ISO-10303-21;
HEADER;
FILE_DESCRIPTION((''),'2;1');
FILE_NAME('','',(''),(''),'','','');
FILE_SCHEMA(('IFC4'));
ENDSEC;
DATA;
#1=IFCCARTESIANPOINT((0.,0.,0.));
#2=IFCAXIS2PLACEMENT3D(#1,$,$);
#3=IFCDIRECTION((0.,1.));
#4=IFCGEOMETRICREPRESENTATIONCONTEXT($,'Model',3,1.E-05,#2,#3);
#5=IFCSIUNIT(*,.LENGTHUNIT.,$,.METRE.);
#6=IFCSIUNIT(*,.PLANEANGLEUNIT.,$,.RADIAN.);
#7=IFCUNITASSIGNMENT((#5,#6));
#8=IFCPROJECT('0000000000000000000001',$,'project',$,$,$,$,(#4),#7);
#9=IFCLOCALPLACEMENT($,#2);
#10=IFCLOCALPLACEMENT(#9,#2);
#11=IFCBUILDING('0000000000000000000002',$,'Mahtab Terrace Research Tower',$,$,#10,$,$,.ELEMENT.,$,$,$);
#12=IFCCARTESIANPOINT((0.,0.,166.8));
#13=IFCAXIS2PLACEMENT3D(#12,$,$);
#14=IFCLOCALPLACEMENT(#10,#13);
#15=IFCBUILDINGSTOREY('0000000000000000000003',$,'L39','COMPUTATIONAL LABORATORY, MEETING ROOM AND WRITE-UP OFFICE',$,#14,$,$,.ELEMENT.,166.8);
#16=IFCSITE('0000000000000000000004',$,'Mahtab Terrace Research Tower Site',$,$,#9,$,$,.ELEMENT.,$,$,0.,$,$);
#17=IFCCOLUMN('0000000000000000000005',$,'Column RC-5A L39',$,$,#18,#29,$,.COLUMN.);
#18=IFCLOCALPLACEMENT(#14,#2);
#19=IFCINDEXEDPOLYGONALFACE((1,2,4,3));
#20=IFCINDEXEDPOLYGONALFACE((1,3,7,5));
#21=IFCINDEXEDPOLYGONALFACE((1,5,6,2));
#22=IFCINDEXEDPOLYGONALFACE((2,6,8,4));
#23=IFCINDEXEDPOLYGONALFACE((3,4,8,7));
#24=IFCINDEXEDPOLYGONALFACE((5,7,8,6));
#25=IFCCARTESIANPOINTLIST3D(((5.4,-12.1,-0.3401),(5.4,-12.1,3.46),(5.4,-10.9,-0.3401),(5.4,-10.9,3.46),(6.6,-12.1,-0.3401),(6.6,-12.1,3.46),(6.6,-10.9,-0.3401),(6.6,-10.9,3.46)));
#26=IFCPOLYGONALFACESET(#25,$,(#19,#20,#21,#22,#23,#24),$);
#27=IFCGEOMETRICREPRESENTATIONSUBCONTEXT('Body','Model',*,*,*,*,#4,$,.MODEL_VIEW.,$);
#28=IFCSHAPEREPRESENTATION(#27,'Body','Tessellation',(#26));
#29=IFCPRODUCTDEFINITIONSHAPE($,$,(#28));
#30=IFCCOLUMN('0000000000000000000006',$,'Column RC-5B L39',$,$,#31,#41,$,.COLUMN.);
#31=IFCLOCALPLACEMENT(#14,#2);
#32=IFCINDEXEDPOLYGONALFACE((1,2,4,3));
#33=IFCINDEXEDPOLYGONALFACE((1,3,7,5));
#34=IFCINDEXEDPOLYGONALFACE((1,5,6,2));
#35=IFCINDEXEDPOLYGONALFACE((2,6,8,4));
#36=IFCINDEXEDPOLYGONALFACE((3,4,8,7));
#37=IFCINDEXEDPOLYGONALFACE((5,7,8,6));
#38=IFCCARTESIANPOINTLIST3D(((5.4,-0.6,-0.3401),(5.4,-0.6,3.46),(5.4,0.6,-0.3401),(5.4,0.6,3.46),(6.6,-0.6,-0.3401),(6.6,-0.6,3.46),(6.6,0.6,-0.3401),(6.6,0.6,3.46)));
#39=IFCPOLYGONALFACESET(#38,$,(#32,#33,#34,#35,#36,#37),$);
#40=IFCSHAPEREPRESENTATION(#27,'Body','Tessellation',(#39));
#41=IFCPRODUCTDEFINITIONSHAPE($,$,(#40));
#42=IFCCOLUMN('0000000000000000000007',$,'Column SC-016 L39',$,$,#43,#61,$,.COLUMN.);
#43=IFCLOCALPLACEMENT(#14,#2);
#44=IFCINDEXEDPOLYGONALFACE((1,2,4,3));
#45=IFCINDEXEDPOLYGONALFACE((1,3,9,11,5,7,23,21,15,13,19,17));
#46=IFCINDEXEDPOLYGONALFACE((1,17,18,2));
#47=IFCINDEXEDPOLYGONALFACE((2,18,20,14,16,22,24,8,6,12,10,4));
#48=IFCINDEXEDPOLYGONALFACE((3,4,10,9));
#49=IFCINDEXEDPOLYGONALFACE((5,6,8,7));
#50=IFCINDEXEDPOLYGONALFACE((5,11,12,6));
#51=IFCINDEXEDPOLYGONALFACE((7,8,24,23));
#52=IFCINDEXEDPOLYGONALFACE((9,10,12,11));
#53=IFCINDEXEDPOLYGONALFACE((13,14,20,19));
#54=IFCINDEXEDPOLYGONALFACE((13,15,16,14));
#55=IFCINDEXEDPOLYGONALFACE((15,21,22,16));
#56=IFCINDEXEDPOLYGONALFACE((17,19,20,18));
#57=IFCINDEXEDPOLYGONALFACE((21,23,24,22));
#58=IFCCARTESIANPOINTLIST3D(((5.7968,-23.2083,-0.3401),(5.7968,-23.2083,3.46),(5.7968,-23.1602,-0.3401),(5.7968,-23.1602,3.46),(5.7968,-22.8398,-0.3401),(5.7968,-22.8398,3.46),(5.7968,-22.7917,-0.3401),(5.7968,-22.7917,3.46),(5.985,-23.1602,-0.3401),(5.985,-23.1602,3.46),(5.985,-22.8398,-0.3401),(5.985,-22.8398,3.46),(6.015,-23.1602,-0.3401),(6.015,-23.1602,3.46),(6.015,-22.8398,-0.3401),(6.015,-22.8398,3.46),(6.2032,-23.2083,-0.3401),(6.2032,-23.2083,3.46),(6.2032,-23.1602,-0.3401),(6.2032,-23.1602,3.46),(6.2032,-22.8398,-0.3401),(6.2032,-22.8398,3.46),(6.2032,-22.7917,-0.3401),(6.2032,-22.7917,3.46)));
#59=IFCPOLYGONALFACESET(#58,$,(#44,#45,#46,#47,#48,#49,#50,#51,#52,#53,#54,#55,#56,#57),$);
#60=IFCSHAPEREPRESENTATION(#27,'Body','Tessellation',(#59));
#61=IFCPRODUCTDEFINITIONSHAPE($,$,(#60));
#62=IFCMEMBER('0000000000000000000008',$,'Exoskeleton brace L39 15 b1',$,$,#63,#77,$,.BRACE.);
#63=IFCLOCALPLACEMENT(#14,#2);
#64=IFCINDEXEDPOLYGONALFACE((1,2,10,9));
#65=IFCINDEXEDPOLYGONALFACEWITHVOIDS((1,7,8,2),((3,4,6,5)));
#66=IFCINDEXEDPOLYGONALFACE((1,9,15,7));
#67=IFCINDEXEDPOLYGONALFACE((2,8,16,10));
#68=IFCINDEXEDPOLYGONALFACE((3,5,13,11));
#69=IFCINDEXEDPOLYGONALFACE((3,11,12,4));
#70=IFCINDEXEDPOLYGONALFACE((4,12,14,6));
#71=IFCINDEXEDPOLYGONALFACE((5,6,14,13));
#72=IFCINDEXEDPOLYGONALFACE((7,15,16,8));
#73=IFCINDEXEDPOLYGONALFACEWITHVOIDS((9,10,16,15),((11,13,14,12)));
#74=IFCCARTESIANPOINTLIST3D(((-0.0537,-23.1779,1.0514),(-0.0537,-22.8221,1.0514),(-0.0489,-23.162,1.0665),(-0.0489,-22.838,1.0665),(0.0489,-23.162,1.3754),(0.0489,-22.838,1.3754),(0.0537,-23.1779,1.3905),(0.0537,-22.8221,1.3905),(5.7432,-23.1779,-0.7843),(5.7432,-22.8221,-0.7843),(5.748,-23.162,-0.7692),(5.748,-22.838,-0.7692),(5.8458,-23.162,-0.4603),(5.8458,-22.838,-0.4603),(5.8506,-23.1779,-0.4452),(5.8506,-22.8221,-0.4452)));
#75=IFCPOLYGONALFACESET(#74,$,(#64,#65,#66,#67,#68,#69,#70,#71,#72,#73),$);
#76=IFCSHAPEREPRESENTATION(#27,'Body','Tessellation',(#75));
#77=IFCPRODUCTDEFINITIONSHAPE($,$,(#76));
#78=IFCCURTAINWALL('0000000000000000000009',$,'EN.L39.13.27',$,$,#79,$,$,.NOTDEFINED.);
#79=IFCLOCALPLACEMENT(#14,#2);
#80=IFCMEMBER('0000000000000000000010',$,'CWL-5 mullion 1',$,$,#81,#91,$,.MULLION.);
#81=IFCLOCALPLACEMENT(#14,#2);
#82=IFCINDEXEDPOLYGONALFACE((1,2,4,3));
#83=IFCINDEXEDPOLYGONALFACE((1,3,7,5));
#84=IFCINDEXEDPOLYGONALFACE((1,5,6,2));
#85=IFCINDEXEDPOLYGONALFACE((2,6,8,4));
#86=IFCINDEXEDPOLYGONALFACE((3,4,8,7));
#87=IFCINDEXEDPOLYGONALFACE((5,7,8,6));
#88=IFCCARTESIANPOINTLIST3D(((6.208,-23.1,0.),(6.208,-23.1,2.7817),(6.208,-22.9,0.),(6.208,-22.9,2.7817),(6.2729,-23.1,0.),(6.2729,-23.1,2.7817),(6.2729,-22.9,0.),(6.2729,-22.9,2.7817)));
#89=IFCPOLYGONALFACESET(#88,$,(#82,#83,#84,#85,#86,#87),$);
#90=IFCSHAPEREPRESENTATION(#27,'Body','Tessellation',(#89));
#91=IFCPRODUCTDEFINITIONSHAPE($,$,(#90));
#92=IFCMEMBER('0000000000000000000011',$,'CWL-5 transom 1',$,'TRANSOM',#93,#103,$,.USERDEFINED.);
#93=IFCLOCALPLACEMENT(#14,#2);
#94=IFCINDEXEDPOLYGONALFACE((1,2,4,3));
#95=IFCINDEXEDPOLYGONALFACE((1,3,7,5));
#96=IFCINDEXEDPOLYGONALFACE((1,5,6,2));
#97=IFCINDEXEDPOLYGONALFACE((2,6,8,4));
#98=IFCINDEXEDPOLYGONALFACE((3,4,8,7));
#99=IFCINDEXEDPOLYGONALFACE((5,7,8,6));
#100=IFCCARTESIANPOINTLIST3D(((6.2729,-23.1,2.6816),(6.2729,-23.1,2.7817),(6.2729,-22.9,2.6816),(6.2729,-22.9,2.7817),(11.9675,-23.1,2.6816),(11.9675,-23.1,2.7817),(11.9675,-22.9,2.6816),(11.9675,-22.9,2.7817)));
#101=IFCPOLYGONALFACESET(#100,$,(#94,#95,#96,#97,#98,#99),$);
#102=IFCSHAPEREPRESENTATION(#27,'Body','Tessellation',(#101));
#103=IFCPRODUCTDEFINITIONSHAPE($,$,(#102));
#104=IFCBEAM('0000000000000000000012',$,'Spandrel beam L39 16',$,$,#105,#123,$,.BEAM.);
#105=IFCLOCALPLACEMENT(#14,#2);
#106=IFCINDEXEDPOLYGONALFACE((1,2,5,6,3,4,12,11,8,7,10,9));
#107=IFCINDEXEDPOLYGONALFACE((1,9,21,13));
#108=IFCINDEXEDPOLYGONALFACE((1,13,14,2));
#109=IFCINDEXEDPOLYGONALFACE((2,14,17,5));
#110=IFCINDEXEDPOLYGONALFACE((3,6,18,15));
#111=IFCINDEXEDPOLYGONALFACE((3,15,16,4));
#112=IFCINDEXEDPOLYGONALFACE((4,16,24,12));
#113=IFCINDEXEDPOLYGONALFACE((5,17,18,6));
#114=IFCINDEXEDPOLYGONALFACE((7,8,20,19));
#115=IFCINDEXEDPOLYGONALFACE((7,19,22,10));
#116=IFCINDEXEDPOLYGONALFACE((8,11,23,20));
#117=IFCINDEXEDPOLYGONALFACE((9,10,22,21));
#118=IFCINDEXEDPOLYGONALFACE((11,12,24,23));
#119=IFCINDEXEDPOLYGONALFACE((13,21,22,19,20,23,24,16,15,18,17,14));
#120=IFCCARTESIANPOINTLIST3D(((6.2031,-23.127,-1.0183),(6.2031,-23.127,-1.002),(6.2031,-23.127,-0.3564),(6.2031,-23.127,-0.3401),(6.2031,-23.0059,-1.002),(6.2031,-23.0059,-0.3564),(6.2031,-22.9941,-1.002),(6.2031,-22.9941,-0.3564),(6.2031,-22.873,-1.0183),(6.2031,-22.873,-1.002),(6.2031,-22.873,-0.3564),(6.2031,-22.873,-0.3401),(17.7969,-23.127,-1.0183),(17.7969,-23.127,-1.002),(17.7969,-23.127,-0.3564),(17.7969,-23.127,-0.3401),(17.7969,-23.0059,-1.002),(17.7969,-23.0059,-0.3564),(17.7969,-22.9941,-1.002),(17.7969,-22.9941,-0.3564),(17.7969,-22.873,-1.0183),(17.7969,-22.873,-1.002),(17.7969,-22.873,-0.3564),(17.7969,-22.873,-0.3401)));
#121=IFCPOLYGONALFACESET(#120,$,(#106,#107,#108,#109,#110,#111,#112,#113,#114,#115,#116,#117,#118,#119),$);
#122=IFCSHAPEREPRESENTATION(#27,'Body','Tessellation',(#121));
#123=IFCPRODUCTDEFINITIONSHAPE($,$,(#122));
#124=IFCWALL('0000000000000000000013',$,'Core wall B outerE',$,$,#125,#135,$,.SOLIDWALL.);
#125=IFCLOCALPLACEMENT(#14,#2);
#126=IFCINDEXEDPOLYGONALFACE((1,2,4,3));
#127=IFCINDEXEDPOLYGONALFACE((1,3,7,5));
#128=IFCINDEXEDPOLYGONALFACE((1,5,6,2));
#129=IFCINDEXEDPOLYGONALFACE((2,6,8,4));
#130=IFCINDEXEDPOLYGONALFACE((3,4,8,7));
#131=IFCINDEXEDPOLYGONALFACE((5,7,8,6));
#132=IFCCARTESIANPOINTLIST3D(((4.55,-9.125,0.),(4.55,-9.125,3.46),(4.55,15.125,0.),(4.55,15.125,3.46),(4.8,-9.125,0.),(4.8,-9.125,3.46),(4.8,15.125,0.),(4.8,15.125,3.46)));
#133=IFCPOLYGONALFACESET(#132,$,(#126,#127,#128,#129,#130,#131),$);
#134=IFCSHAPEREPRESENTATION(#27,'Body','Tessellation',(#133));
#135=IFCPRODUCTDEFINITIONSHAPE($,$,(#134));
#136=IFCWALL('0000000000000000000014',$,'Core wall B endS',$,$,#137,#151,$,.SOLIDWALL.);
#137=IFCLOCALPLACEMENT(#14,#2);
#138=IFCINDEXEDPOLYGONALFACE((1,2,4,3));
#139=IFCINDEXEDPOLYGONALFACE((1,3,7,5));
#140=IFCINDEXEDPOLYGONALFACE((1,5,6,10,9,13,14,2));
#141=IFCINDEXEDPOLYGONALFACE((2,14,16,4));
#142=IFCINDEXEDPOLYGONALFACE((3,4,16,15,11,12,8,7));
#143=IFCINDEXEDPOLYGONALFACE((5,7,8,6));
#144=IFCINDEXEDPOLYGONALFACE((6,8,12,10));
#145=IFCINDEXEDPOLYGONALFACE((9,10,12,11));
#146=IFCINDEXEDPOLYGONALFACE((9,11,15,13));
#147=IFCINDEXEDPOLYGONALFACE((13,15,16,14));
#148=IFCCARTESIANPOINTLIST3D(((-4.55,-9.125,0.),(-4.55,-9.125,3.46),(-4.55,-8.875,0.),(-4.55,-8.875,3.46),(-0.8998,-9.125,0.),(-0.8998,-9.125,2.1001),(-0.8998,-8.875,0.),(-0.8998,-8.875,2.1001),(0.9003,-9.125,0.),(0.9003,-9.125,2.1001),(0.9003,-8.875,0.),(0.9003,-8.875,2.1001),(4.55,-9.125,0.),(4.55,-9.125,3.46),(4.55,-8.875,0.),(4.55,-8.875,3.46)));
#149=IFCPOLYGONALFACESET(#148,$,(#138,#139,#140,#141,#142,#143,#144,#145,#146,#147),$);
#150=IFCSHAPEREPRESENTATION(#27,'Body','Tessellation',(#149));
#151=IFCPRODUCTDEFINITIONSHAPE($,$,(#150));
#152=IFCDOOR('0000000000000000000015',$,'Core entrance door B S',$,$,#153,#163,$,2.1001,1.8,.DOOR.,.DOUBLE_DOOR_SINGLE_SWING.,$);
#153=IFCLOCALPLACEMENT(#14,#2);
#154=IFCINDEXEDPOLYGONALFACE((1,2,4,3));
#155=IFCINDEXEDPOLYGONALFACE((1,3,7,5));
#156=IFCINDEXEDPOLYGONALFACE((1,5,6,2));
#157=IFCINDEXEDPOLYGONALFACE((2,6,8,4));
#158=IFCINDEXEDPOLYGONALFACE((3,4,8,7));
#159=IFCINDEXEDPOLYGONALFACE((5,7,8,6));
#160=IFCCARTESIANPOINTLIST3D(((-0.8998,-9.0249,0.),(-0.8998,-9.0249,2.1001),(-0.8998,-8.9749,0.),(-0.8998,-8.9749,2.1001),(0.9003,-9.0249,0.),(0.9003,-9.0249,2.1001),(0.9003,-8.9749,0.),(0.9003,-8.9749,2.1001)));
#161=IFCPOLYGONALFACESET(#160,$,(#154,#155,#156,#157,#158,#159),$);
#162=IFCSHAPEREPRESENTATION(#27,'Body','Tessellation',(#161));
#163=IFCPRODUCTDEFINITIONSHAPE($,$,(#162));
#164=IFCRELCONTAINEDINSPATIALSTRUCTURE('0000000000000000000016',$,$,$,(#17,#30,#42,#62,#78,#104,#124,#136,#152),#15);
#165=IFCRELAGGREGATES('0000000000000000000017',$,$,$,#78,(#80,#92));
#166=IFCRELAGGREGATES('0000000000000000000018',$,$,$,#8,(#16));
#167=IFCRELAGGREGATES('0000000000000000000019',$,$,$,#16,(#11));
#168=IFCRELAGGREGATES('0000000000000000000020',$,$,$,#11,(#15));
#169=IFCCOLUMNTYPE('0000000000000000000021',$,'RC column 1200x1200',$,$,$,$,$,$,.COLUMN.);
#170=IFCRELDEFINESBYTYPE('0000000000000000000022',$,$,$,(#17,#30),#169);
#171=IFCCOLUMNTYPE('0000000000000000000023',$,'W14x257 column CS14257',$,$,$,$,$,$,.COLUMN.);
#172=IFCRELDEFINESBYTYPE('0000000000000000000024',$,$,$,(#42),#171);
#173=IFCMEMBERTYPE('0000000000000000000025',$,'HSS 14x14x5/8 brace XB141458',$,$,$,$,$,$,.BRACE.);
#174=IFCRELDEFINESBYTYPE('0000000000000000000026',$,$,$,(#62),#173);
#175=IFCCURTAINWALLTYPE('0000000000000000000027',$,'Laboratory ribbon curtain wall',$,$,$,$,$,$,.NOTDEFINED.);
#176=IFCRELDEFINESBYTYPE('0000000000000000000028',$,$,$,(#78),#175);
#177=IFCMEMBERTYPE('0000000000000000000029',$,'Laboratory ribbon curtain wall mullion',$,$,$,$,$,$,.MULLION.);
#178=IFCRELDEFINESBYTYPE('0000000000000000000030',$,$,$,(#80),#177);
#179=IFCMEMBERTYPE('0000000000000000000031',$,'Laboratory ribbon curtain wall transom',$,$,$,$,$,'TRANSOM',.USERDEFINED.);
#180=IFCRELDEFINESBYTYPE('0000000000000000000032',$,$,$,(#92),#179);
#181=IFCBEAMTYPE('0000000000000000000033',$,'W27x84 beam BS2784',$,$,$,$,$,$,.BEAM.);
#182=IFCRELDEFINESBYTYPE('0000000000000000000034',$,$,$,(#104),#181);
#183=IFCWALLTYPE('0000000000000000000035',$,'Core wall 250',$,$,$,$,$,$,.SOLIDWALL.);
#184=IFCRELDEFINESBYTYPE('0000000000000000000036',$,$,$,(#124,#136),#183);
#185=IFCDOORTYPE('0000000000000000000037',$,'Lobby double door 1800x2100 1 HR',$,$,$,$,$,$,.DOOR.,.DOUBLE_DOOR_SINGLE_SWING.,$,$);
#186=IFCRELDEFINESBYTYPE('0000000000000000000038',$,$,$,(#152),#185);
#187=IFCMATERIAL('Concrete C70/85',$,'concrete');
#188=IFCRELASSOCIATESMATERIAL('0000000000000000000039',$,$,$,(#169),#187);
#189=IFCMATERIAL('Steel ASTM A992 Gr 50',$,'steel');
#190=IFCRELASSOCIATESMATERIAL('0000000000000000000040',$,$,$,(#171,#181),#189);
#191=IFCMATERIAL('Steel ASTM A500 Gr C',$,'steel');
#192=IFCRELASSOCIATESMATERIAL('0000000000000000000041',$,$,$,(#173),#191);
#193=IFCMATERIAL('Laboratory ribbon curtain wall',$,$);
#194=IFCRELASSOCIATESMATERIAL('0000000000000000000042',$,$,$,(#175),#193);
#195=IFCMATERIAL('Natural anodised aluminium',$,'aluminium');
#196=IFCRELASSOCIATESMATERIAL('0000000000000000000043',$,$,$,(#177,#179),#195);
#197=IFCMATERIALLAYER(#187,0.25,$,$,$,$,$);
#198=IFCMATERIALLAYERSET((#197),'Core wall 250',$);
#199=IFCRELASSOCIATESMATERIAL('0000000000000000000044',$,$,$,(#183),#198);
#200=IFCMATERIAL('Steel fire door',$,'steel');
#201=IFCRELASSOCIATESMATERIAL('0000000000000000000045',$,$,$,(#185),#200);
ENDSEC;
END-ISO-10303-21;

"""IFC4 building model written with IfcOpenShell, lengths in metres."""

from ifc_helpers import new_model, si_unit, direction, frame, frame_2d, origin, origin_2d, place, context, subcontext, project, spatial, rectangle, hollow_rectangle, i_section, extrude, material, layer, layer_set, material_profile, profile_set, type_object, element, fill, aggregate, save


model = new_model("IFC4")

# Units and contexts
model_context = context("Model", 3, precision=1e-05, world=origin(), true_north=direction((0.0, 1.0)))
body_context = subcontext(model_context, "Body", "Model", "MODEL_VIEW")
ifc_project = project(units=[si_unit("LENGTHUNIT", "METRE"), si_unit("PLANEANGLEUNIT", "RADIAN")], contexts=[model_context])

# Site, building, storey
site_placement = place(None, origin())
site = spatial("IfcSite", under=ifc_project, at=site_placement, Name="Mahtab Terrace Research Tower Site", CompositionType="ELEMENT", RefElevation=0.0)
building_placement = place(site_placement, origin())
building = spatial("IfcBuilding", under=site, at=building_placement, Name="Mahtab Terrace Research Tower", CompositionType="ELEMENT")
storey_placement = place(building_placement, frame((0.0, 0.0, 166.8)))
storey = spatial("IfcBuildingStorey", under=building, at=storey_placement, Name="L39", Description="COMPUTATIONAL LABORATORY, MEETING ROOM AND WRITE-UP OFFICE", CompositionType="ELEMENT", Elevation=166.8)

# Columns
ifc_material_1 = material(Name="Concrete C70/85", Category="concrete")
ifc_material_profile_1 = material_profile(ifc_material_1, rectangle(XDim=1.2, YDim=1.2, at=origin_2d()), Name="RC column 1200x1200")
ifc_profile_set_1 = profile_set([ifc_material_profile_1], Name="Concrete C70/85")
column_type_1 = type_object("IfcColumnType", Name="RC column 1200x1200", PredefinedType="COLUMN", material=ifc_profile_set_1)
for number, where, z_axis, x_axis, name in (
    (1, (6.0, -11.5, -0.3401), (0.0, 0.0, 1.0), (1.0, 0.0, 0.0), "Column RC-5A L39"),
    (2, (6.0, 0.0, -0.3401), (0.0, 0.0, 1.0), (1.0, 0.0, 0.0), "Column RC-5B L39"),
):
    element("IfcColumn", number, at=place(storey_placement, frame(where, z_axis=z_axis, x_axis=x_axis)), inside=storey, type_object=column_type_1, Name=name, PredefinedType="COLUMN", context=body_context, shape_type="SweptSolid", body=[
        extrude(rectangle(XDim=1.2, YDim=1.2, at=origin_2d()), origin(), (0.0, 0.0, 1.0), 3.8),
    ])
ifc_material_2 = material(Name="Steel ASTM A992 Gr 50", Category="steel")
ifc_material_profile_2 = material_profile(ifc_material_2, i_section(OverallWidth=0.4065, OverallDepth=0.4165, WebThickness=0.03, FlangeThickness=0.0481, at=origin_2d()), Name="W14X257")
ifc_profile_set_2 = profile_set([ifc_material_profile_2], Name="Steel ASTM A992 Gr 50")
column_type_2 = type_object("IfcColumnType", Name="W14x257 column CS14257", PredefinedType="COLUMN", material=ifc_profile_set_2)
column_placement = place(storey_placement, frame((6.0, -23.0, -0.3401), z_axis=(0.0, 0.0, 1.0), x_axis=(1.0, 0.0, 0.0)))
element("IfcColumn", 3, at=column_placement, inside=storey, type_object=column_type_2, Name="Column SC-016 L39", PredefinedType="COLUMN", context=body_context, shape_type="SweptSolid", body=[
    extrude(i_section(OverallWidth=0.4065, OverallDepth=0.4165, WebThickness=0.03, FlangeThickness=0.0481, at=origin_2d()), origin(), (0.0, 0.0, 1.0), 3.8),
])

# Member
ifc_material_3 = material(Name="Steel ASTM A500 Gr C", Category="steel")
ifc_material_profile_3 = material_profile(ifc_material_3, hollow_rectangle(XDim=0.3557, YDim=0.3557, WallThickness=0.0159, at=origin_2d()), Name="HSS14X14X5/8")
ifc_profile_set_3 = profile_set([ifc_material_profile_3], Name="Steel ASTM A500 Gr C")
member_type_1 = type_object("IfcMemberType", Name="HSS 14x14x5/8 brace XB141458", PredefinedType="BRACE", material=ifc_profile_set_3)
member_1_placement = place(storey_placement, frame((5.7969, -23.0, -0.6147), z_axis=(-0.953341, 0.0, 0.301894), x_axis=(0.0, -1.0, 0.0)))
element("IfcMember", 4, at=member_1_placement, inside=storey, type_object=member_type_1, Name="Exoskeleton brace L39 15 b1", PredefinedType="BRACE", context=body_context, shape_type="SweptSolid", body=[
    extrude(hollow_rectangle(XDim=0.3557, YDim=0.3557, WallThickness=0.0159, at=origin_2d()), origin(), (0.0, 0.0, 1.0), 6.0806),
])

# Curtain wall, members
ifc_material_4 = material(Name="Laboratory ribbon curtain wall")
curtain_wall_type = type_object("IfcCurtainWallType", Name="Laboratory ribbon curtain wall", PredefinedType="NOTDEFINED", material=ifc_material_4)
curtain_wall_placement = place(storey_placement, origin())
curtain_wall = element("IfcCurtainWall", 5, at=curtain_wall_placement, inside=storey, type_object=curtain_wall_type, Name="EN.L39.13.27", PredefinedType="NOTDEFINED")
ifc_material_5 = material(Name="Natural anodised aluminium", Category="aluminium")
ifc_material_profile_4 = material_profile(ifc_material_5, rectangle(XDim=0.2, YDim=0.0649, at=origin_2d()), Name="MULLION 65x200")
ifc_profile_set_4 = profile_set([ifc_material_profile_4], Name="Natural anodised aluminium")
member_type_2 = type_object("IfcMemberType", Name="Laboratory ribbon curtain wall mullion", PredefinedType="MULLION", material=ifc_profile_set_4)
member_2_placement = place(storey_placement, frame((6.2405, -23.0, 0.0), z_axis=(0.0, 0.0, 1.0), x_axis=(0.0, 1.0, 0.0)))
member_2 = element("IfcMember", 6, at=member_2_placement, type_object=member_type_2, Name="CWL-5 mullion 1", PredefinedType="MULLION", context=body_context, shape_type="SweptSolid", body=[
    extrude(rectangle(XDim=0.2, YDim=0.0649, at=origin_2d()), origin(), (0.0, 0.0, 1.0), 2.7817),
])
ifc_material_profile_5 = material_profile(ifc_material_5, rectangle(XDim=0.2, YDim=0.1001, at=origin_2d()), Name="TRANSOM 100x200")
ifc_profile_set_5 = profile_set([ifc_material_profile_5], Name="Natural anodised aluminium")
member_type_3 = type_object("IfcMemberType", Name="Laboratory ribbon curtain wall transom", ElementType="TRANSOM", PredefinedType="USERDEFINED", material=ifc_profile_set_5)
member_3_placement = place(storey_placement, frame((6.2729, -23.0, 2.7317), z_axis=(1.0, 0.0, 0.0), x_axis=(0.0, 1.0, 0.0)))
member_3 = element("IfcMember", 7, at=member_3_placement, type_object=member_type_3, Name="CWL-5 transom 1", ObjectType="TRANSOM", PredefinedType="USERDEFINED", context=body_context, shape_type="SweptSolid", body=[
    extrude(rectangle(XDim=0.2, YDim=0.1001, at=origin_2d()), origin(), (0.0, 0.0, 1.0), 5.6946),
])
aggregate(curtain_wall, [member_2, member_3])

# Beam
ifc_material_profile_6 = material_profile(ifc_material_2, i_section(OverallWidth=0.2539, OverallDepth=0.6782, WebThickness=0.0117, FlangeThickness=0.0164, at=origin_2d()), Name="W27X84")
ifc_profile_set_6 = profile_set([ifc_material_profile_6], Name="Steel ASTM A992 Gr 50")
beam_type = type_object("IfcBeamType", Name="W27x84 beam BS2784", PredefinedType="BEAM", material=ifc_profile_set_6)
beam_placement = place(storey_placement, frame((6.2031, -23.0, -0.6792), z_axis=(1.0, 0.0, 0.0), x_axis=(0.0, 1.0, 0.0)))
element("IfcBeam", 8, at=beam_placement, inside=storey, type_object=beam_type, Name="Spandrel beam L39 16", PredefinedType="BEAM", context=body_context, shape_type="SweptSolid", body=[
    extrude(i_section(OverallWidth=0.2539, OverallDepth=0.6782, WebThickness=0.0117, FlangeThickness=0.0164, at=origin_2d()), origin(), (0.0, 0.0, 1.0), 11.5938),
])

# Wall
ifc_layer_1 = layer(ifc_material_1, 0.25)
ifc_layer_set_1 = layer_set([ifc_layer_1], Name="Core wall 250")
wall_type_1 = type_object("IfcWallType", Name="Core wall 250", PredefinedType="SOLIDWALL", material=ifc_layer_set_1)
wall_1_placement = place(storey_placement, frame((4.675, -9.125, 0.0), z_axis=(0.0, 0.0, 1.0), x_axis=(0.0, 1.0, 0.0)))
element("IfcWall", 9, at=wall_1_placement, inside=storey, type_object=wall_type_1, Name="Core wall B outerE", PredefinedType="SOLIDWALL", context=body_context, shape_type="SweptSolid", body=[
    extrude(rectangle(XDim=24.25, YDim=0.25, at=frame_2d((12.125, 0.0))), origin(), (0.0, 0.0, 1.0), 3.46),
])

# Wall, opening, door
wall_2_placement = place(storey_placement, frame((4.55, -9.0, 0.0), z_axis=(0.0, 0.0, 1.0), x_axis=(-1.0, 0.0, 0.0)))
wall_2 = element("IfcWall", 10, at=wall_2_placement, inside=storey, type_object=wall_type_1, Name="Core wall B endS", PredefinedType="SOLIDWALL", context=body_context, shape_type="SweptSolid", body=[
    extrude(rectangle(XDim=9.1001, YDim=0.25, at=frame_2d((4.55, 0.0))), origin(), (0.0, 0.0, 1.0), 3.46),
])
opening_1_placement = place(wall_2_placement, frame((3.6499, 0.0, 0.0)))
opening_1 = element("IfcOpeningElement", 11, at=opening_1_placement, cuts=wall_2, PredefinedType="OPENING", context=body_context, shape_type="SweptSolid", body=[
    extrude(rectangle(XDim=1.8, YDim=2.1001, at=frame_2d((0.8999, 1.05))), frame((0.0, 0.135, 0.0), z_axis=(0.0, -1.0, 0.0), x_axis=(1.0, 0.0, 0.0)), (0.0, 0.0, 1.0), 0.27),
])
ifc_material_6 = material(Name="Steel fire door", Category="steel")
door_type_1 = type_object("IfcDoorType", Name="Lobby double door 1800x2100 1 HR", OperationType="DOUBLE_DOOR_SINGLE_SWING", PredefinedType="DOOR", material=ifc_material_6)
door_1_placement = place(opening_1_placement, origin())
door_1 = element("IfcDoor", 12, at=door_1_placement, inside=storey, type_object=door_type_1, Name="Core entrance door B S", OperationType="DOUBLE_DOOR_SINGLE_SWING", OverallHeight=2.1001, OverallWidth=1.8, PredefinedType="DOOR", context=body_context, shape_type="SweptSolid", body=[
    extrude(rectangle(XDim=1.8, YDim=2.1001, at=frame_2d((0.8999, 1.05))), frame((0.0, 0.0249, 0.0), z_axis=(0.0, -1.0, 0.0), x_axis=(1.0, 0.0, 0.0)), (0.0, 0.0, 1.0), 0.05),
])
fill(opening_1, door_1)

save(model, "model.ifc")
